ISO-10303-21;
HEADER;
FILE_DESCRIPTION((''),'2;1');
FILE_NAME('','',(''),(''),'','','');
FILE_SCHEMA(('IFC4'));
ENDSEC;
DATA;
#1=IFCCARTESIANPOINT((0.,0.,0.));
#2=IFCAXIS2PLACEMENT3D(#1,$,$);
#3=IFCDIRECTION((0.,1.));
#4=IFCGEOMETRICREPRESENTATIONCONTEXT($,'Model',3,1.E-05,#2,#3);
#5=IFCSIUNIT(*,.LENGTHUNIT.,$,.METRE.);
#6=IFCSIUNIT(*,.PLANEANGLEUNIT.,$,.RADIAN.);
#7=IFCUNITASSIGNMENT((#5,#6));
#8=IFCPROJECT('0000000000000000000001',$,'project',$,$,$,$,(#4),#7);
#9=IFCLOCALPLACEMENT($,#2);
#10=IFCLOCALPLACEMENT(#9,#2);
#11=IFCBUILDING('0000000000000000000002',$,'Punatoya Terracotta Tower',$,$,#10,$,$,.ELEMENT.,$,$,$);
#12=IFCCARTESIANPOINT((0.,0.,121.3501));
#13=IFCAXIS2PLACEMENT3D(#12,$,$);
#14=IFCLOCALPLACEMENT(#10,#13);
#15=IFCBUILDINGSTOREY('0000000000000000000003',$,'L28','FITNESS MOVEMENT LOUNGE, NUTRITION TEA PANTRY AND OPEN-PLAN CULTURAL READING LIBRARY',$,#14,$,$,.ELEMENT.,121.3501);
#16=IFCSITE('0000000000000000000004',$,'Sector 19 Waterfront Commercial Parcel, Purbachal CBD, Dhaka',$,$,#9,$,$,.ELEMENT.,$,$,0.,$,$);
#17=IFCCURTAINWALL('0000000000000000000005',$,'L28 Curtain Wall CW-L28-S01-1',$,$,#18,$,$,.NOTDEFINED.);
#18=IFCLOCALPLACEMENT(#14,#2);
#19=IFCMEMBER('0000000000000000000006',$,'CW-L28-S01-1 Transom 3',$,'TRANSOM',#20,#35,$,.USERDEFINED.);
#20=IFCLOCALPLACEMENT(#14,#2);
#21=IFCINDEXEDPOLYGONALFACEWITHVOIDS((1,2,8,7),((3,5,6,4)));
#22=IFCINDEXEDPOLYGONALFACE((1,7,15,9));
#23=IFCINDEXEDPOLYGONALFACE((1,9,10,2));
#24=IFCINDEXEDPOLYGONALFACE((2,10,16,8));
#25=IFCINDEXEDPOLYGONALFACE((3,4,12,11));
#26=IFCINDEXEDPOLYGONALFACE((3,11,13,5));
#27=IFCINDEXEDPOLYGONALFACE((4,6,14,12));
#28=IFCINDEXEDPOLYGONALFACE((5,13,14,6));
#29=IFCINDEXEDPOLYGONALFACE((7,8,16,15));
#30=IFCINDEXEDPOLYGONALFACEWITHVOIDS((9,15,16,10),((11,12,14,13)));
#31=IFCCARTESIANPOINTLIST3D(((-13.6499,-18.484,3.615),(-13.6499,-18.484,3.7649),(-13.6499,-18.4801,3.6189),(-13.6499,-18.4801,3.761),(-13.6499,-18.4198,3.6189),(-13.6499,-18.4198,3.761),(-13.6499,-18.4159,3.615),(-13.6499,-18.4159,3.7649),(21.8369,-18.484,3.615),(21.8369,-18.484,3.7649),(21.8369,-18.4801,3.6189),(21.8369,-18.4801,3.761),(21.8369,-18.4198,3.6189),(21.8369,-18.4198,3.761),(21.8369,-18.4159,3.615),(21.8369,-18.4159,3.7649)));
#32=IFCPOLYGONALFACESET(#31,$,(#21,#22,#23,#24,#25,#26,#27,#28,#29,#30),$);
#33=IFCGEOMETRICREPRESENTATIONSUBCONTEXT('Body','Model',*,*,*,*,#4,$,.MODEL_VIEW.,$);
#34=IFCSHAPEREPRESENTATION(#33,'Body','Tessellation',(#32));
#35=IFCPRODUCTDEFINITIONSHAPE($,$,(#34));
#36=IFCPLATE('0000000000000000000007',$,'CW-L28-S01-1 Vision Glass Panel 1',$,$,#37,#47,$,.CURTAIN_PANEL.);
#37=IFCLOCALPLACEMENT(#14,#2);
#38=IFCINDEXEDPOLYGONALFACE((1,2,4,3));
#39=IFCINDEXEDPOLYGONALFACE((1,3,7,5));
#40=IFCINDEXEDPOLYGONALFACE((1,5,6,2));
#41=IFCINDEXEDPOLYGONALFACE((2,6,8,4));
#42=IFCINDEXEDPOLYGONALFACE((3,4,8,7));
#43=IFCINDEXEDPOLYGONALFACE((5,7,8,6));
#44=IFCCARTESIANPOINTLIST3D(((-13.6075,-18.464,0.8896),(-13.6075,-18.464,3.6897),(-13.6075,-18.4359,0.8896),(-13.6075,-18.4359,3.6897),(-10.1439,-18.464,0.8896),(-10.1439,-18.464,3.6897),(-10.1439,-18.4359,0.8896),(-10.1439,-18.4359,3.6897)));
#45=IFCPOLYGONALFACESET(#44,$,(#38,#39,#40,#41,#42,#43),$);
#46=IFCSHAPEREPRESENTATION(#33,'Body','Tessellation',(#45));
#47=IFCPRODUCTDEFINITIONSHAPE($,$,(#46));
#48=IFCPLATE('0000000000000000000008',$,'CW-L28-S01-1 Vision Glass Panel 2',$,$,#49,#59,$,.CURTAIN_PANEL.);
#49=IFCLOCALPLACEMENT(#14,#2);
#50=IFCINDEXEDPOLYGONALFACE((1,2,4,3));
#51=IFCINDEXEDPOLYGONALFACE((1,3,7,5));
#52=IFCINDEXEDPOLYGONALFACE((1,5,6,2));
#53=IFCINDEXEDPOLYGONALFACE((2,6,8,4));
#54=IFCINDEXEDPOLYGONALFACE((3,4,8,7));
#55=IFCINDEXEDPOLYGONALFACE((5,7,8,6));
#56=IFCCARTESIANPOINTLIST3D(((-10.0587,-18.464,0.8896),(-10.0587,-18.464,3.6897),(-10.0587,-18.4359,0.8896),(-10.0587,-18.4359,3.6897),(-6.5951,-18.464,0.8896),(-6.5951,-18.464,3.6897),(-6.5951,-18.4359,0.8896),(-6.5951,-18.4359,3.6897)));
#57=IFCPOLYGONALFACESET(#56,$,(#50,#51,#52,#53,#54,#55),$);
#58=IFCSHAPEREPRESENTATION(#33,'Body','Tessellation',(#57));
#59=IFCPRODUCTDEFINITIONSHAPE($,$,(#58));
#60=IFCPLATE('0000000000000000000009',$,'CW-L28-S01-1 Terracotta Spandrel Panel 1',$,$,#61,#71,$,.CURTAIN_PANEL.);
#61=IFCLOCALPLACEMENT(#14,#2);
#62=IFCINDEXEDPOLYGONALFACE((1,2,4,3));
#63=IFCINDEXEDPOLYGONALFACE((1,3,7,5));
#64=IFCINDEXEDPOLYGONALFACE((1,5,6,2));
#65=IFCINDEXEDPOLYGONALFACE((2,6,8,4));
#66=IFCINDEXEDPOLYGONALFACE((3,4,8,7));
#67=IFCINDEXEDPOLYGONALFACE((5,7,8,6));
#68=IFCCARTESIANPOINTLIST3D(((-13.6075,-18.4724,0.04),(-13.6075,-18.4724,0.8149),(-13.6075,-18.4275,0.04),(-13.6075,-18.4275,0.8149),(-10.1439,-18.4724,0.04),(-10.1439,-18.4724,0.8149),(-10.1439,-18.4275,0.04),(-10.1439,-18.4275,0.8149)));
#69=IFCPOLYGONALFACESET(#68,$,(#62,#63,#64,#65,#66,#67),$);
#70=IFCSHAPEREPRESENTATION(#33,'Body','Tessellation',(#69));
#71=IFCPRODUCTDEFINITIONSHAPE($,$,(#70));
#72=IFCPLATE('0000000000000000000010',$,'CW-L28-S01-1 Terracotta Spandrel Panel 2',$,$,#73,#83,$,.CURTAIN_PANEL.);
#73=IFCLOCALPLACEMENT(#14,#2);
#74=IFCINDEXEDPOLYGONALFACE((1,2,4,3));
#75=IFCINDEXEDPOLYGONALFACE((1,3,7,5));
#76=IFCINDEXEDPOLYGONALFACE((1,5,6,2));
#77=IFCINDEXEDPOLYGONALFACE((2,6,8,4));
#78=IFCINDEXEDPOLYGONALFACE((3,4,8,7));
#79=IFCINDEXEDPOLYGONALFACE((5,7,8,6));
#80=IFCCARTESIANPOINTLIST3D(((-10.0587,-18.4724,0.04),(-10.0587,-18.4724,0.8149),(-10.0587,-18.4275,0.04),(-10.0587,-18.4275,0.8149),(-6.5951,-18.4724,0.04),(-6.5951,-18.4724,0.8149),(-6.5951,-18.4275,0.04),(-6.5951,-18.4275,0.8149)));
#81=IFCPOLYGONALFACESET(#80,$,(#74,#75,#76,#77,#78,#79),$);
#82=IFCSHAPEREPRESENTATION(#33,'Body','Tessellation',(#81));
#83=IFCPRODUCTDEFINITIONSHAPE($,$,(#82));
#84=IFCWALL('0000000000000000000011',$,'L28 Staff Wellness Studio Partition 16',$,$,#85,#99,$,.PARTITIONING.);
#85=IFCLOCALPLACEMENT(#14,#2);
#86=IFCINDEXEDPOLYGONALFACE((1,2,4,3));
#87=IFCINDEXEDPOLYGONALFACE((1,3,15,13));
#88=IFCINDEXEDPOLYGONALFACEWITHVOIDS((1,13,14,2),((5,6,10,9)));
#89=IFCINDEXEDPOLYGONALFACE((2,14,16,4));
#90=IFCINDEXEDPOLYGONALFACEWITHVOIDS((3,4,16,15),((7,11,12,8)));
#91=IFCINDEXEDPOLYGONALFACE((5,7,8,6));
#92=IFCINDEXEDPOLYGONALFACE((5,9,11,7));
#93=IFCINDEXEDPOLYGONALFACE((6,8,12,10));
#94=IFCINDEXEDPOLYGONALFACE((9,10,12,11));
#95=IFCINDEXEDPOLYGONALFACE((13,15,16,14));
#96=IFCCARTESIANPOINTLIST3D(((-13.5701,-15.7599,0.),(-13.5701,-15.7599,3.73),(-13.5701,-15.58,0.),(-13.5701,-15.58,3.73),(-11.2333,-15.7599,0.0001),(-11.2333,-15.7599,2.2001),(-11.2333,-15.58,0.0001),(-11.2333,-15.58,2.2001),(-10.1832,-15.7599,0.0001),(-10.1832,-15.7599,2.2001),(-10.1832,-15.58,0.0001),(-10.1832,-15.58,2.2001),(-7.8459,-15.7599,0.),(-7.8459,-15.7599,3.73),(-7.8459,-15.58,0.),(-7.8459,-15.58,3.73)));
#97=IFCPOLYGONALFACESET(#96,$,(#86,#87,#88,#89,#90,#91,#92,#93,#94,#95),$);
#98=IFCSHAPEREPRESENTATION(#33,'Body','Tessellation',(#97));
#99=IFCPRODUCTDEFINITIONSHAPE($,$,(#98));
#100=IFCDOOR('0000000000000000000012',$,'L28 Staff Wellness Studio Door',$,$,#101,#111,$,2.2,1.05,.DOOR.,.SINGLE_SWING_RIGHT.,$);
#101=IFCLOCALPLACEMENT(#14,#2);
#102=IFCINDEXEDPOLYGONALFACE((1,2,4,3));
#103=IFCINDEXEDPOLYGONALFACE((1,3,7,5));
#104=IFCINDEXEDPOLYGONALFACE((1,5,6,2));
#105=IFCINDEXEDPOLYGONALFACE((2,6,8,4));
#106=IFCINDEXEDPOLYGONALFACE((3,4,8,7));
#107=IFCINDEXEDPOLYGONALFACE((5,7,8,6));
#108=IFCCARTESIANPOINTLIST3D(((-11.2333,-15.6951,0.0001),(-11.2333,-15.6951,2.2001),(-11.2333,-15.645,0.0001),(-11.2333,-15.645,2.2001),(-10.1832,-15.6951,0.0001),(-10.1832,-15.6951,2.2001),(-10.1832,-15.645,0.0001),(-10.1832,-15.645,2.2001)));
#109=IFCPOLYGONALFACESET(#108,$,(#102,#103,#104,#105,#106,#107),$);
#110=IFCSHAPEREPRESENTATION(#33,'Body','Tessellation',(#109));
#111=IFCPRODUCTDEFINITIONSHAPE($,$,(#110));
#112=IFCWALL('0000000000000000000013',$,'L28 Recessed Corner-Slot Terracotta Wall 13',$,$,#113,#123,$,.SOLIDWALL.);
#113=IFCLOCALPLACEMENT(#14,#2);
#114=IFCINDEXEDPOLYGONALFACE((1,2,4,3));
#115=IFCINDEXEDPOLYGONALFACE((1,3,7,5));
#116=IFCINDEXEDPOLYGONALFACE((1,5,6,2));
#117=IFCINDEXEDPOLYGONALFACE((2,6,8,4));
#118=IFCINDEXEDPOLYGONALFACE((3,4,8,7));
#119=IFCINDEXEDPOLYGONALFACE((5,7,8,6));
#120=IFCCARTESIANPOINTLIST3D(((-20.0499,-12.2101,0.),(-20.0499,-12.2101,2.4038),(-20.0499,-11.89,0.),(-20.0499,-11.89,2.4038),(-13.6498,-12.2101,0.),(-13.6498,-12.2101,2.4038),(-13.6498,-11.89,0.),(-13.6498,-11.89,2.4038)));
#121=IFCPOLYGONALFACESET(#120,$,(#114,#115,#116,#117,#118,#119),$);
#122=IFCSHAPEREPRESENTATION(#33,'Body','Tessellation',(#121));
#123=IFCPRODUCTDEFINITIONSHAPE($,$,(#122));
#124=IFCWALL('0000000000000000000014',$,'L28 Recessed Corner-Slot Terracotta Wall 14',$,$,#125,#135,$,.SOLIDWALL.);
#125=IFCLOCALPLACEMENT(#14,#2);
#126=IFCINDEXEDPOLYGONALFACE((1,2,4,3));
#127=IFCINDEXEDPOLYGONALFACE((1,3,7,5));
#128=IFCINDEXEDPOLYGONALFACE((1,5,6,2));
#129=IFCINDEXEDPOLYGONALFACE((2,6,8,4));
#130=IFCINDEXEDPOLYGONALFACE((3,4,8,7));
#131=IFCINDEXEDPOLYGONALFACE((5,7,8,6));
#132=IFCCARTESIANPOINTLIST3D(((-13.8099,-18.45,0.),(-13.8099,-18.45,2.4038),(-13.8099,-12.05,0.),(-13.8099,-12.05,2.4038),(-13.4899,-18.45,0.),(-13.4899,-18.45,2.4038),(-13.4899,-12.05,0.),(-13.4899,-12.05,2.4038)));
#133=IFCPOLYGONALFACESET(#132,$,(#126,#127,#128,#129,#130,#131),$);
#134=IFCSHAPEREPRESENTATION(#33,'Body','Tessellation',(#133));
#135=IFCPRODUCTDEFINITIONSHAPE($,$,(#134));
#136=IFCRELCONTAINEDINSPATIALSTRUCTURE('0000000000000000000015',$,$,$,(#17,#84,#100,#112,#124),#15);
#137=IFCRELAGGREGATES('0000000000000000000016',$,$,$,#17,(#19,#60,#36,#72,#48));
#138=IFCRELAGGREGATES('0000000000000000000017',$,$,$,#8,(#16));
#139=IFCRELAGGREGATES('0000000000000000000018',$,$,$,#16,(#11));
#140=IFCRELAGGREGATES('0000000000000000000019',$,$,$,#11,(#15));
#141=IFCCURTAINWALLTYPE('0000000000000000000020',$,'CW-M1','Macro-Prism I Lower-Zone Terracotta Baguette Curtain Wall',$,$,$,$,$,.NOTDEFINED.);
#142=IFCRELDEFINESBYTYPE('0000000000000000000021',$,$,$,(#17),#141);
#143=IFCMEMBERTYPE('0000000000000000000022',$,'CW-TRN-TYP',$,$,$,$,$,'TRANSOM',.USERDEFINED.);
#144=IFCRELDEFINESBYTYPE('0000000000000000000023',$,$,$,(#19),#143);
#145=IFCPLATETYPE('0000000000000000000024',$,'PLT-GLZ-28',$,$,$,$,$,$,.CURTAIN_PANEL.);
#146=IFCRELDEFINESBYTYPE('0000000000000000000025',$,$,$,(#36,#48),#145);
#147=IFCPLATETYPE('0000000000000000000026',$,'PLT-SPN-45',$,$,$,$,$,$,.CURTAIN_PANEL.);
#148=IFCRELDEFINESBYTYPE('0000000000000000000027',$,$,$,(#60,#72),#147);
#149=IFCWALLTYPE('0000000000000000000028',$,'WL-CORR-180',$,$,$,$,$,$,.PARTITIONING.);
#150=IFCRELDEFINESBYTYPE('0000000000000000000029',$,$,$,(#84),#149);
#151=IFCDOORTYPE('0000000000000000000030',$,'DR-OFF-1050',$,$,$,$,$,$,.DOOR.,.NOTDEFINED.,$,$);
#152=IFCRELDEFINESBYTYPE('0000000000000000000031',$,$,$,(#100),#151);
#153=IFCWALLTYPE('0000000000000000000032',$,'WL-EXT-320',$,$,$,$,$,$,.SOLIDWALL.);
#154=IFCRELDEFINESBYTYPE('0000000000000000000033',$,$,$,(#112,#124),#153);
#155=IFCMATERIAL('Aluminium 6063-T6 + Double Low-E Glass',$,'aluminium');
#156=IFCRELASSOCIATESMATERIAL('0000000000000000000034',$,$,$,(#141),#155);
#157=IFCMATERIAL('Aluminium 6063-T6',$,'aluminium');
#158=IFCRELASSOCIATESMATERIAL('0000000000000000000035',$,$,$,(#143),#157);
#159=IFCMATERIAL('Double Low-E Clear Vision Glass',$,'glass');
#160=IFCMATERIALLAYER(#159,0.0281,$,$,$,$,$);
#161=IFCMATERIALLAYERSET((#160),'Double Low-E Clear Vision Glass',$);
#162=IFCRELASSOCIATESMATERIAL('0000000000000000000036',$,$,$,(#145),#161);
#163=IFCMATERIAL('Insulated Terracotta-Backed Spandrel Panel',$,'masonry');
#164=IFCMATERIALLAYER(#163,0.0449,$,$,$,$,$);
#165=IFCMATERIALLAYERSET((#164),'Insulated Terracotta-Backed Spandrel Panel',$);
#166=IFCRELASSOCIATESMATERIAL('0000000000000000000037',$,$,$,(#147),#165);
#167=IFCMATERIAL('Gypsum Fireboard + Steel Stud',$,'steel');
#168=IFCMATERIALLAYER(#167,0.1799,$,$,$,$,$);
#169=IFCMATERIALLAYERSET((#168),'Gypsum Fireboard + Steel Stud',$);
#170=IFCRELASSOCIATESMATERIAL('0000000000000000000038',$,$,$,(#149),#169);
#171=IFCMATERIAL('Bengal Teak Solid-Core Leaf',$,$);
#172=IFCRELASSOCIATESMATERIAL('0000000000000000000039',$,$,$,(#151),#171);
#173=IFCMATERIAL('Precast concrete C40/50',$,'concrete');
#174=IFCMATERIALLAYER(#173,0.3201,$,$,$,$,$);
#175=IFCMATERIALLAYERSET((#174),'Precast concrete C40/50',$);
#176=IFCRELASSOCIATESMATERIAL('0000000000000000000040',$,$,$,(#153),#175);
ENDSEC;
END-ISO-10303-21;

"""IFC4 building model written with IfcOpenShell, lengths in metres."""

from ifc_helpers import new_model, si_unit, direction, frame, frame_2d, origin, origin_2d, place, context, subcontext, project, spatial, rectangle, hollow_rectangle, extrude, material, layer, layer_set, material_profile, profile_set, type_object, element, fill, aggregate, save


model = new_model("IFC4")

# Units and contexts
model_context = context("Model", 3, precision=1e-05, world=origin(), true_north=direction((0.0, 1.0)))
body_context = subcontext(model_context, "Body", "Model", "MODEL_VIEW")
ifc_project = project(units=[si_unit("LENGTHUNIT", "METRE"), si_unit("PLANEANGLEUNIT", "RADIAN")], contexts=[model_context])

# Site, building, storey
site_placement = place(None, origin())
site = spatial("IfcSite", under=ifc_project, at=site_placement, Name="Sector 19 Waterfront Commercial Parcel, Purbachal CBD, Dhaka", CompositionType="ELEMENT", RefElevation=0.0)
building_placement = place(site_placement, origin())
building = spatial("IfcBuilding", under=site, at=building_placement, Name="Punatoya Terracotta Tower", CompositionType="ELEMENT")
storey_placement = place(building_placement, frame((0.0, 0.0, 121.3501)))
storey = spatial("IfcBuildingStorey", under=building, at=storey_placement, Name="L28", Description="FITNESS MOVEMENT LOUNGE, NUTRITION TEA PANTRY AND OPEN-PLAN CULTURAL READING LIBRARY", CompositionType="ELEMENT", Elevation=121.3501)

# Curtain wall
ifc_material_1 = material(Name="Aluminium 6063-T6 + Double Low-E Glass", Category="aluminium")
curtain_wall_type = type_object("IfcCurtainWallType", Name="CW-M1", Description="Macro-Prism I Lower-Zone Terracotta Baguette Curtain Wall", PredefinedType="NOTDEFINED", material=ifc_material_1)
curtain_wall_1_placement = place(storey_placement, origin())
curtain_wall_1 = element("IfcCurtainWall", 1, at=curtain_wall_1_placement, inside=storey, type_object=curtain_wall_type, Name="L28 Curtain Wall CW-L28-S01-1", PredefinedType="NOTDEFINED")
ifc_material_2 = material(Name="Aluminium 6063-T6", Category="aluminium")

# Member
ifc_material_profile_1 = material_profile(ifc_material_2, hollow_rectangle(XDim=0.0681, YDim=0.1499, WallThickness=0.0039, at=origin_2d()))
ifc_profile_set_1 = profile_set([ifc_material_profile_1], Name="Aluminium 6063-T6")
member_type_1 = type_object("IfcMemberType", Name="CW-TRN-TYP", ElementType="TRANSOM", PredefinedType="USERDEFINED", material=ifc_profile_set_1)
member_1_placement = place(storey_placement, frame((-13.6499, -18.45, 3.6899), z_axis=(1.0, 0.0, 0.0), x_axis=(0.0, 1.0, 0.0)))
member_1 = element("IfcMember", 2, at=member_1_placement, type_object=member_type_1, Name="CW-L28-S01-1 Transom 3", ObjectType="TRANSOM", PredefinedType="USERDEFINED", context=body_context, shape_type="SweptSolid", body=[
    extrude(hollow_rectangle(XDim=0.0681, YDim=0.1499, WallThickness=0.0039, at=origin_2d()), origin(), (0.0, 0.0, 1.0), 35.4868),
])

# Plates
ifc_material_3 = material(Name="Double Low-E Clear Vision Glass", Category="glass")
ifc_layer_1 = layer(ifc_material_3, 0.0281)
ifc_layer_set_1 = layer_set([ifc_layer_1], Name="Double Low-E Clear Vision Glass")
plate_type_1 = type_object("IfcPlateType", Name="PLT-GLZ-28", PredefinedType="CURTAIN_PANEL", material=ifc_layer_set_1)
plate_1_placement = place(storey_placement, frame((-11.8757, -18.45, 0.8896), z_axis=(0.0, 0.0, 1.0), x_axis=(1.0, 0.0, 0.0)))
plate_1 = element("IfcPlate", 3, at=plate_1_placement, type_object=plate_type_1, Name="CW-L28-S01-1 Vision Glass Panel 1", PredefinedType="CURTAIN_PANEL", context=body_context, shape_type="SweptSolid", body=[
    extrude(rectangle(XDim=3.4636, YDim=0.0281, at=origin_2d()), origin(), (0.0, 0.0, 1.0), 2.8),
])
plate_2_placement = place(storey_placement, frame((-8.3269, -18.45, 0.8896), z_axis=(0.0, 0.0, 1.0), x_axis=(1.0, 0.0, 0.0)))
plate_2 = element("IfcPlate", 4, at=plate_2_placement, type_object=plate_type_1, Name="CW-L28-S01-1 Vision Glass Panel 2", PredefinedType="CURTAIN_PANEL", context=body_context, shape_type="SweptSolid", body=[
    extrude(rectangle(XDim=3.4636, YDim=0.0281, at=origin_2d()), origin(), (0.0, 0.0, 1.0), 2.8),
])
ifc_material_4 = material(Name="Insulated Terracotta-Backed Spandrel Panel", Category="masonry")
ifc_layer_2 = layer(ifc_material_4, 0.0449)
ifc_layer_set_2 = layer_set([ifc_layer_2], Name="Insulated Terracotta-Backed Spandrel Panel")
plate_type_2 = type_object("IfcPlateType", Name="PLT-SPN-45", PredefinedType="CURTAIN_PANEL", material=ifc_layer_set_2)
plate_3_placement = place(storey_placement, frame((-11.8757, -18.45, 0.04), z_axis=(0.0, 0.0, 1.0), x_axis=(1.0, 0.0, 0.0)))
plate_3 = element("IfcPlate", 5, at=plate_3_placement, type_object=plate_type_2, Name="CW-L28-S01-1 Terracotta Spandrel Panel 1", PredefinedType="CURTAIN_PANEL", context=body_context, shape_type="SweptSolid", body=[
    extrude(rectangle(XDim=3.4636, YDim=0.0449, at=origin_2d()), origin(), (0.0, 0.0, 1.0), 0.7749),
])
plate_4_placement = place(storey_placement, frame((-8.3269, -18.45, 0.04), z_axis=(0.0, 0.0, 1.0), x_axis=(1.0, 0.0, 0.0)))
plate_4 = element("IfcPlate", 6, at=plate_4_placement, type_object=plate_type_2, Name="CW-L28-S01-1 Terracotta Spandrel Panel 2", PredefinedType="CURTAIN_PANEL", context=body_context, shape_type="SweptSolid", body=[
    extrude(rectangle(XDim=3.4636, YDim=0.0449, at=origin_2d()), origin(), (0.0, 0.0, 1.0), 0.7749),
])
aggregate(curtain_wall_1, [member_1, plate_3, plate_1, plate_4, plate_2])

# Wall, opening, door
ifc_material_5 = material(Name="Gypsum Fireboard + Steel Stud", Category="steel")
ifc_layer_3 = layer(ifc_material_5, 0.1799)
ifc_layer_set_3 = layer_set([ifc_layer_3], Name="Gypsum Fireboard + Steel Stud")
wall_type_1 = type_object("IfcWallType", Name="WL-CORR-180", PredefinedType="PARTITIONING", material=ifc_layer_set_3)
wall_1_placement = place(storey_placement, frame((-13.5701, -15.6699, 0.0), z_axis=(0.0, 0.0, 1.0), x_axis=(1.0, 0.0, 0.0)))
wall_1 = element("IfcWall", 7, at=wall_1_placement, inside=storey, type_object=wall_type_1, Name="L28 Staff Wellness Studio Partition 16", PredefinedType="PARTITIONING", context=body_context, shape_type="SweptSolid", body=[
    extrude(rectangle(XDim=5.7241, YDim=0.1799, at=frame_2d((2.8621, 0.0))), origin(), (0.0, 0.0, 1.0), 3.73),
])
opening_placement = place(wall_1_placement, frame((2.3369, 0.0, 0.0)))
opening = element("IfcOpeningElement", 8, at=opening_placement, cuts=wall_1, PredefinedType="OPENING", context=body_context, shape_type="SweptSolid", body=[
    extrude(rectangle(XDim=1.05, YDim=2.2, at=frame_2d((0.5249, 1.1001))), frame((0.0, 0.0999, 0.0), z_axis=(0.0, -1.0, 0.0), x_axis=(1.0, 0.0, 0.0)), (0.0, 0.0, 1.0), 0.2),
])
ifc_material_6 = material(Name="Bengal Teak Solid-Core Leaf")
door_type = type_object("IfcDoorType", Name="DR-OFF-1050", OperationType="NOTDEFINED", PredefinedType="DOOR", material=ifc_material_6)
door_placement = place(opening_placement, origin())
door = element("IfcDoor", 9, at=door_placement, inside=storey, type_object=door_type, Name="L28 Staff Wellness Studio Door", OperationType="SINGLE_SWING_RIGHT", OverallHeight=2.2, OverallWidth=1.05, PredefinedType="DOOR", context=body_context, shape_type="SweptSolid", body=[
    extrude(rectangle(XDim=1.05, YDim=2.2, at=frame_2d((0.5249, 1.1001))), frame((0.0, 0.0249, 0.0), z_axis=(0.0, -1.0, 0.0), x_axis=(1.0, 0.0, 0.0)), (0.0, 0.0, 1.0), 0.05),
])
fill(opening, door)

# Walls
ifc_material_7 = material(Name="Precast concrete C40/50", Category="concrete")
ifc_layer_4 = layer(ifc_material_7, 0.3201)
ifc_layer_set_4 = layer_set([ifc_layer_4], Name="Precast concrete C40/50")
wall_type_2 = type_object("IfcWallType", Name="WL-EXT-320", PredefinedType="SOLIDWALL", material=ifc_layer_set_4)
wall_2_placement = place(storey_placement, frame((-20.05, -12.05, 0.0), z_axis=(0.0, 0.0, 1.0), x_axis=(1.0, 0.0, 0.0)))
element("IfcWall", 10, at=wall_2_placement, inside=storey, type_object=wall_type_2, Name="L28 Recessed Corner-Slot Terracotta Wall 13", PredefinedType="SOLIDWALL", context=body_context, shape_type="SweptSolid", body=[
    extrude(rectangle(XDim=6.4001, YDim=0.3201, at=frame_2d((3.2002, 0.0))), origin(), (0.0, 0.0, 1.0), 2.4038),
])
wall_3_placement = place(storey_placement, frame((-13.6499, -12.05, 0.0), z_axis=(0.0, 0.0, 1.0), x_axis=(0.0, -1.0, 0.0)))
element("IfcWall", 11, at=wall_3_placement, inside=storey, type_object=wall_type_2, Name="L28 Recessed Corner-Slot Terracotta Wall 14", PredefinedType="SOLIDWALL", context=body_context, shape_type="SweptSolid", body=[
    extrude(rectangle(XDim=6.3999, YDim=0.3201, at=frame_2d((3.2, 0.0))), origin(), (0.0, 0.0, 1.0), 2.4038),
])

save(model, "model.ifc")
